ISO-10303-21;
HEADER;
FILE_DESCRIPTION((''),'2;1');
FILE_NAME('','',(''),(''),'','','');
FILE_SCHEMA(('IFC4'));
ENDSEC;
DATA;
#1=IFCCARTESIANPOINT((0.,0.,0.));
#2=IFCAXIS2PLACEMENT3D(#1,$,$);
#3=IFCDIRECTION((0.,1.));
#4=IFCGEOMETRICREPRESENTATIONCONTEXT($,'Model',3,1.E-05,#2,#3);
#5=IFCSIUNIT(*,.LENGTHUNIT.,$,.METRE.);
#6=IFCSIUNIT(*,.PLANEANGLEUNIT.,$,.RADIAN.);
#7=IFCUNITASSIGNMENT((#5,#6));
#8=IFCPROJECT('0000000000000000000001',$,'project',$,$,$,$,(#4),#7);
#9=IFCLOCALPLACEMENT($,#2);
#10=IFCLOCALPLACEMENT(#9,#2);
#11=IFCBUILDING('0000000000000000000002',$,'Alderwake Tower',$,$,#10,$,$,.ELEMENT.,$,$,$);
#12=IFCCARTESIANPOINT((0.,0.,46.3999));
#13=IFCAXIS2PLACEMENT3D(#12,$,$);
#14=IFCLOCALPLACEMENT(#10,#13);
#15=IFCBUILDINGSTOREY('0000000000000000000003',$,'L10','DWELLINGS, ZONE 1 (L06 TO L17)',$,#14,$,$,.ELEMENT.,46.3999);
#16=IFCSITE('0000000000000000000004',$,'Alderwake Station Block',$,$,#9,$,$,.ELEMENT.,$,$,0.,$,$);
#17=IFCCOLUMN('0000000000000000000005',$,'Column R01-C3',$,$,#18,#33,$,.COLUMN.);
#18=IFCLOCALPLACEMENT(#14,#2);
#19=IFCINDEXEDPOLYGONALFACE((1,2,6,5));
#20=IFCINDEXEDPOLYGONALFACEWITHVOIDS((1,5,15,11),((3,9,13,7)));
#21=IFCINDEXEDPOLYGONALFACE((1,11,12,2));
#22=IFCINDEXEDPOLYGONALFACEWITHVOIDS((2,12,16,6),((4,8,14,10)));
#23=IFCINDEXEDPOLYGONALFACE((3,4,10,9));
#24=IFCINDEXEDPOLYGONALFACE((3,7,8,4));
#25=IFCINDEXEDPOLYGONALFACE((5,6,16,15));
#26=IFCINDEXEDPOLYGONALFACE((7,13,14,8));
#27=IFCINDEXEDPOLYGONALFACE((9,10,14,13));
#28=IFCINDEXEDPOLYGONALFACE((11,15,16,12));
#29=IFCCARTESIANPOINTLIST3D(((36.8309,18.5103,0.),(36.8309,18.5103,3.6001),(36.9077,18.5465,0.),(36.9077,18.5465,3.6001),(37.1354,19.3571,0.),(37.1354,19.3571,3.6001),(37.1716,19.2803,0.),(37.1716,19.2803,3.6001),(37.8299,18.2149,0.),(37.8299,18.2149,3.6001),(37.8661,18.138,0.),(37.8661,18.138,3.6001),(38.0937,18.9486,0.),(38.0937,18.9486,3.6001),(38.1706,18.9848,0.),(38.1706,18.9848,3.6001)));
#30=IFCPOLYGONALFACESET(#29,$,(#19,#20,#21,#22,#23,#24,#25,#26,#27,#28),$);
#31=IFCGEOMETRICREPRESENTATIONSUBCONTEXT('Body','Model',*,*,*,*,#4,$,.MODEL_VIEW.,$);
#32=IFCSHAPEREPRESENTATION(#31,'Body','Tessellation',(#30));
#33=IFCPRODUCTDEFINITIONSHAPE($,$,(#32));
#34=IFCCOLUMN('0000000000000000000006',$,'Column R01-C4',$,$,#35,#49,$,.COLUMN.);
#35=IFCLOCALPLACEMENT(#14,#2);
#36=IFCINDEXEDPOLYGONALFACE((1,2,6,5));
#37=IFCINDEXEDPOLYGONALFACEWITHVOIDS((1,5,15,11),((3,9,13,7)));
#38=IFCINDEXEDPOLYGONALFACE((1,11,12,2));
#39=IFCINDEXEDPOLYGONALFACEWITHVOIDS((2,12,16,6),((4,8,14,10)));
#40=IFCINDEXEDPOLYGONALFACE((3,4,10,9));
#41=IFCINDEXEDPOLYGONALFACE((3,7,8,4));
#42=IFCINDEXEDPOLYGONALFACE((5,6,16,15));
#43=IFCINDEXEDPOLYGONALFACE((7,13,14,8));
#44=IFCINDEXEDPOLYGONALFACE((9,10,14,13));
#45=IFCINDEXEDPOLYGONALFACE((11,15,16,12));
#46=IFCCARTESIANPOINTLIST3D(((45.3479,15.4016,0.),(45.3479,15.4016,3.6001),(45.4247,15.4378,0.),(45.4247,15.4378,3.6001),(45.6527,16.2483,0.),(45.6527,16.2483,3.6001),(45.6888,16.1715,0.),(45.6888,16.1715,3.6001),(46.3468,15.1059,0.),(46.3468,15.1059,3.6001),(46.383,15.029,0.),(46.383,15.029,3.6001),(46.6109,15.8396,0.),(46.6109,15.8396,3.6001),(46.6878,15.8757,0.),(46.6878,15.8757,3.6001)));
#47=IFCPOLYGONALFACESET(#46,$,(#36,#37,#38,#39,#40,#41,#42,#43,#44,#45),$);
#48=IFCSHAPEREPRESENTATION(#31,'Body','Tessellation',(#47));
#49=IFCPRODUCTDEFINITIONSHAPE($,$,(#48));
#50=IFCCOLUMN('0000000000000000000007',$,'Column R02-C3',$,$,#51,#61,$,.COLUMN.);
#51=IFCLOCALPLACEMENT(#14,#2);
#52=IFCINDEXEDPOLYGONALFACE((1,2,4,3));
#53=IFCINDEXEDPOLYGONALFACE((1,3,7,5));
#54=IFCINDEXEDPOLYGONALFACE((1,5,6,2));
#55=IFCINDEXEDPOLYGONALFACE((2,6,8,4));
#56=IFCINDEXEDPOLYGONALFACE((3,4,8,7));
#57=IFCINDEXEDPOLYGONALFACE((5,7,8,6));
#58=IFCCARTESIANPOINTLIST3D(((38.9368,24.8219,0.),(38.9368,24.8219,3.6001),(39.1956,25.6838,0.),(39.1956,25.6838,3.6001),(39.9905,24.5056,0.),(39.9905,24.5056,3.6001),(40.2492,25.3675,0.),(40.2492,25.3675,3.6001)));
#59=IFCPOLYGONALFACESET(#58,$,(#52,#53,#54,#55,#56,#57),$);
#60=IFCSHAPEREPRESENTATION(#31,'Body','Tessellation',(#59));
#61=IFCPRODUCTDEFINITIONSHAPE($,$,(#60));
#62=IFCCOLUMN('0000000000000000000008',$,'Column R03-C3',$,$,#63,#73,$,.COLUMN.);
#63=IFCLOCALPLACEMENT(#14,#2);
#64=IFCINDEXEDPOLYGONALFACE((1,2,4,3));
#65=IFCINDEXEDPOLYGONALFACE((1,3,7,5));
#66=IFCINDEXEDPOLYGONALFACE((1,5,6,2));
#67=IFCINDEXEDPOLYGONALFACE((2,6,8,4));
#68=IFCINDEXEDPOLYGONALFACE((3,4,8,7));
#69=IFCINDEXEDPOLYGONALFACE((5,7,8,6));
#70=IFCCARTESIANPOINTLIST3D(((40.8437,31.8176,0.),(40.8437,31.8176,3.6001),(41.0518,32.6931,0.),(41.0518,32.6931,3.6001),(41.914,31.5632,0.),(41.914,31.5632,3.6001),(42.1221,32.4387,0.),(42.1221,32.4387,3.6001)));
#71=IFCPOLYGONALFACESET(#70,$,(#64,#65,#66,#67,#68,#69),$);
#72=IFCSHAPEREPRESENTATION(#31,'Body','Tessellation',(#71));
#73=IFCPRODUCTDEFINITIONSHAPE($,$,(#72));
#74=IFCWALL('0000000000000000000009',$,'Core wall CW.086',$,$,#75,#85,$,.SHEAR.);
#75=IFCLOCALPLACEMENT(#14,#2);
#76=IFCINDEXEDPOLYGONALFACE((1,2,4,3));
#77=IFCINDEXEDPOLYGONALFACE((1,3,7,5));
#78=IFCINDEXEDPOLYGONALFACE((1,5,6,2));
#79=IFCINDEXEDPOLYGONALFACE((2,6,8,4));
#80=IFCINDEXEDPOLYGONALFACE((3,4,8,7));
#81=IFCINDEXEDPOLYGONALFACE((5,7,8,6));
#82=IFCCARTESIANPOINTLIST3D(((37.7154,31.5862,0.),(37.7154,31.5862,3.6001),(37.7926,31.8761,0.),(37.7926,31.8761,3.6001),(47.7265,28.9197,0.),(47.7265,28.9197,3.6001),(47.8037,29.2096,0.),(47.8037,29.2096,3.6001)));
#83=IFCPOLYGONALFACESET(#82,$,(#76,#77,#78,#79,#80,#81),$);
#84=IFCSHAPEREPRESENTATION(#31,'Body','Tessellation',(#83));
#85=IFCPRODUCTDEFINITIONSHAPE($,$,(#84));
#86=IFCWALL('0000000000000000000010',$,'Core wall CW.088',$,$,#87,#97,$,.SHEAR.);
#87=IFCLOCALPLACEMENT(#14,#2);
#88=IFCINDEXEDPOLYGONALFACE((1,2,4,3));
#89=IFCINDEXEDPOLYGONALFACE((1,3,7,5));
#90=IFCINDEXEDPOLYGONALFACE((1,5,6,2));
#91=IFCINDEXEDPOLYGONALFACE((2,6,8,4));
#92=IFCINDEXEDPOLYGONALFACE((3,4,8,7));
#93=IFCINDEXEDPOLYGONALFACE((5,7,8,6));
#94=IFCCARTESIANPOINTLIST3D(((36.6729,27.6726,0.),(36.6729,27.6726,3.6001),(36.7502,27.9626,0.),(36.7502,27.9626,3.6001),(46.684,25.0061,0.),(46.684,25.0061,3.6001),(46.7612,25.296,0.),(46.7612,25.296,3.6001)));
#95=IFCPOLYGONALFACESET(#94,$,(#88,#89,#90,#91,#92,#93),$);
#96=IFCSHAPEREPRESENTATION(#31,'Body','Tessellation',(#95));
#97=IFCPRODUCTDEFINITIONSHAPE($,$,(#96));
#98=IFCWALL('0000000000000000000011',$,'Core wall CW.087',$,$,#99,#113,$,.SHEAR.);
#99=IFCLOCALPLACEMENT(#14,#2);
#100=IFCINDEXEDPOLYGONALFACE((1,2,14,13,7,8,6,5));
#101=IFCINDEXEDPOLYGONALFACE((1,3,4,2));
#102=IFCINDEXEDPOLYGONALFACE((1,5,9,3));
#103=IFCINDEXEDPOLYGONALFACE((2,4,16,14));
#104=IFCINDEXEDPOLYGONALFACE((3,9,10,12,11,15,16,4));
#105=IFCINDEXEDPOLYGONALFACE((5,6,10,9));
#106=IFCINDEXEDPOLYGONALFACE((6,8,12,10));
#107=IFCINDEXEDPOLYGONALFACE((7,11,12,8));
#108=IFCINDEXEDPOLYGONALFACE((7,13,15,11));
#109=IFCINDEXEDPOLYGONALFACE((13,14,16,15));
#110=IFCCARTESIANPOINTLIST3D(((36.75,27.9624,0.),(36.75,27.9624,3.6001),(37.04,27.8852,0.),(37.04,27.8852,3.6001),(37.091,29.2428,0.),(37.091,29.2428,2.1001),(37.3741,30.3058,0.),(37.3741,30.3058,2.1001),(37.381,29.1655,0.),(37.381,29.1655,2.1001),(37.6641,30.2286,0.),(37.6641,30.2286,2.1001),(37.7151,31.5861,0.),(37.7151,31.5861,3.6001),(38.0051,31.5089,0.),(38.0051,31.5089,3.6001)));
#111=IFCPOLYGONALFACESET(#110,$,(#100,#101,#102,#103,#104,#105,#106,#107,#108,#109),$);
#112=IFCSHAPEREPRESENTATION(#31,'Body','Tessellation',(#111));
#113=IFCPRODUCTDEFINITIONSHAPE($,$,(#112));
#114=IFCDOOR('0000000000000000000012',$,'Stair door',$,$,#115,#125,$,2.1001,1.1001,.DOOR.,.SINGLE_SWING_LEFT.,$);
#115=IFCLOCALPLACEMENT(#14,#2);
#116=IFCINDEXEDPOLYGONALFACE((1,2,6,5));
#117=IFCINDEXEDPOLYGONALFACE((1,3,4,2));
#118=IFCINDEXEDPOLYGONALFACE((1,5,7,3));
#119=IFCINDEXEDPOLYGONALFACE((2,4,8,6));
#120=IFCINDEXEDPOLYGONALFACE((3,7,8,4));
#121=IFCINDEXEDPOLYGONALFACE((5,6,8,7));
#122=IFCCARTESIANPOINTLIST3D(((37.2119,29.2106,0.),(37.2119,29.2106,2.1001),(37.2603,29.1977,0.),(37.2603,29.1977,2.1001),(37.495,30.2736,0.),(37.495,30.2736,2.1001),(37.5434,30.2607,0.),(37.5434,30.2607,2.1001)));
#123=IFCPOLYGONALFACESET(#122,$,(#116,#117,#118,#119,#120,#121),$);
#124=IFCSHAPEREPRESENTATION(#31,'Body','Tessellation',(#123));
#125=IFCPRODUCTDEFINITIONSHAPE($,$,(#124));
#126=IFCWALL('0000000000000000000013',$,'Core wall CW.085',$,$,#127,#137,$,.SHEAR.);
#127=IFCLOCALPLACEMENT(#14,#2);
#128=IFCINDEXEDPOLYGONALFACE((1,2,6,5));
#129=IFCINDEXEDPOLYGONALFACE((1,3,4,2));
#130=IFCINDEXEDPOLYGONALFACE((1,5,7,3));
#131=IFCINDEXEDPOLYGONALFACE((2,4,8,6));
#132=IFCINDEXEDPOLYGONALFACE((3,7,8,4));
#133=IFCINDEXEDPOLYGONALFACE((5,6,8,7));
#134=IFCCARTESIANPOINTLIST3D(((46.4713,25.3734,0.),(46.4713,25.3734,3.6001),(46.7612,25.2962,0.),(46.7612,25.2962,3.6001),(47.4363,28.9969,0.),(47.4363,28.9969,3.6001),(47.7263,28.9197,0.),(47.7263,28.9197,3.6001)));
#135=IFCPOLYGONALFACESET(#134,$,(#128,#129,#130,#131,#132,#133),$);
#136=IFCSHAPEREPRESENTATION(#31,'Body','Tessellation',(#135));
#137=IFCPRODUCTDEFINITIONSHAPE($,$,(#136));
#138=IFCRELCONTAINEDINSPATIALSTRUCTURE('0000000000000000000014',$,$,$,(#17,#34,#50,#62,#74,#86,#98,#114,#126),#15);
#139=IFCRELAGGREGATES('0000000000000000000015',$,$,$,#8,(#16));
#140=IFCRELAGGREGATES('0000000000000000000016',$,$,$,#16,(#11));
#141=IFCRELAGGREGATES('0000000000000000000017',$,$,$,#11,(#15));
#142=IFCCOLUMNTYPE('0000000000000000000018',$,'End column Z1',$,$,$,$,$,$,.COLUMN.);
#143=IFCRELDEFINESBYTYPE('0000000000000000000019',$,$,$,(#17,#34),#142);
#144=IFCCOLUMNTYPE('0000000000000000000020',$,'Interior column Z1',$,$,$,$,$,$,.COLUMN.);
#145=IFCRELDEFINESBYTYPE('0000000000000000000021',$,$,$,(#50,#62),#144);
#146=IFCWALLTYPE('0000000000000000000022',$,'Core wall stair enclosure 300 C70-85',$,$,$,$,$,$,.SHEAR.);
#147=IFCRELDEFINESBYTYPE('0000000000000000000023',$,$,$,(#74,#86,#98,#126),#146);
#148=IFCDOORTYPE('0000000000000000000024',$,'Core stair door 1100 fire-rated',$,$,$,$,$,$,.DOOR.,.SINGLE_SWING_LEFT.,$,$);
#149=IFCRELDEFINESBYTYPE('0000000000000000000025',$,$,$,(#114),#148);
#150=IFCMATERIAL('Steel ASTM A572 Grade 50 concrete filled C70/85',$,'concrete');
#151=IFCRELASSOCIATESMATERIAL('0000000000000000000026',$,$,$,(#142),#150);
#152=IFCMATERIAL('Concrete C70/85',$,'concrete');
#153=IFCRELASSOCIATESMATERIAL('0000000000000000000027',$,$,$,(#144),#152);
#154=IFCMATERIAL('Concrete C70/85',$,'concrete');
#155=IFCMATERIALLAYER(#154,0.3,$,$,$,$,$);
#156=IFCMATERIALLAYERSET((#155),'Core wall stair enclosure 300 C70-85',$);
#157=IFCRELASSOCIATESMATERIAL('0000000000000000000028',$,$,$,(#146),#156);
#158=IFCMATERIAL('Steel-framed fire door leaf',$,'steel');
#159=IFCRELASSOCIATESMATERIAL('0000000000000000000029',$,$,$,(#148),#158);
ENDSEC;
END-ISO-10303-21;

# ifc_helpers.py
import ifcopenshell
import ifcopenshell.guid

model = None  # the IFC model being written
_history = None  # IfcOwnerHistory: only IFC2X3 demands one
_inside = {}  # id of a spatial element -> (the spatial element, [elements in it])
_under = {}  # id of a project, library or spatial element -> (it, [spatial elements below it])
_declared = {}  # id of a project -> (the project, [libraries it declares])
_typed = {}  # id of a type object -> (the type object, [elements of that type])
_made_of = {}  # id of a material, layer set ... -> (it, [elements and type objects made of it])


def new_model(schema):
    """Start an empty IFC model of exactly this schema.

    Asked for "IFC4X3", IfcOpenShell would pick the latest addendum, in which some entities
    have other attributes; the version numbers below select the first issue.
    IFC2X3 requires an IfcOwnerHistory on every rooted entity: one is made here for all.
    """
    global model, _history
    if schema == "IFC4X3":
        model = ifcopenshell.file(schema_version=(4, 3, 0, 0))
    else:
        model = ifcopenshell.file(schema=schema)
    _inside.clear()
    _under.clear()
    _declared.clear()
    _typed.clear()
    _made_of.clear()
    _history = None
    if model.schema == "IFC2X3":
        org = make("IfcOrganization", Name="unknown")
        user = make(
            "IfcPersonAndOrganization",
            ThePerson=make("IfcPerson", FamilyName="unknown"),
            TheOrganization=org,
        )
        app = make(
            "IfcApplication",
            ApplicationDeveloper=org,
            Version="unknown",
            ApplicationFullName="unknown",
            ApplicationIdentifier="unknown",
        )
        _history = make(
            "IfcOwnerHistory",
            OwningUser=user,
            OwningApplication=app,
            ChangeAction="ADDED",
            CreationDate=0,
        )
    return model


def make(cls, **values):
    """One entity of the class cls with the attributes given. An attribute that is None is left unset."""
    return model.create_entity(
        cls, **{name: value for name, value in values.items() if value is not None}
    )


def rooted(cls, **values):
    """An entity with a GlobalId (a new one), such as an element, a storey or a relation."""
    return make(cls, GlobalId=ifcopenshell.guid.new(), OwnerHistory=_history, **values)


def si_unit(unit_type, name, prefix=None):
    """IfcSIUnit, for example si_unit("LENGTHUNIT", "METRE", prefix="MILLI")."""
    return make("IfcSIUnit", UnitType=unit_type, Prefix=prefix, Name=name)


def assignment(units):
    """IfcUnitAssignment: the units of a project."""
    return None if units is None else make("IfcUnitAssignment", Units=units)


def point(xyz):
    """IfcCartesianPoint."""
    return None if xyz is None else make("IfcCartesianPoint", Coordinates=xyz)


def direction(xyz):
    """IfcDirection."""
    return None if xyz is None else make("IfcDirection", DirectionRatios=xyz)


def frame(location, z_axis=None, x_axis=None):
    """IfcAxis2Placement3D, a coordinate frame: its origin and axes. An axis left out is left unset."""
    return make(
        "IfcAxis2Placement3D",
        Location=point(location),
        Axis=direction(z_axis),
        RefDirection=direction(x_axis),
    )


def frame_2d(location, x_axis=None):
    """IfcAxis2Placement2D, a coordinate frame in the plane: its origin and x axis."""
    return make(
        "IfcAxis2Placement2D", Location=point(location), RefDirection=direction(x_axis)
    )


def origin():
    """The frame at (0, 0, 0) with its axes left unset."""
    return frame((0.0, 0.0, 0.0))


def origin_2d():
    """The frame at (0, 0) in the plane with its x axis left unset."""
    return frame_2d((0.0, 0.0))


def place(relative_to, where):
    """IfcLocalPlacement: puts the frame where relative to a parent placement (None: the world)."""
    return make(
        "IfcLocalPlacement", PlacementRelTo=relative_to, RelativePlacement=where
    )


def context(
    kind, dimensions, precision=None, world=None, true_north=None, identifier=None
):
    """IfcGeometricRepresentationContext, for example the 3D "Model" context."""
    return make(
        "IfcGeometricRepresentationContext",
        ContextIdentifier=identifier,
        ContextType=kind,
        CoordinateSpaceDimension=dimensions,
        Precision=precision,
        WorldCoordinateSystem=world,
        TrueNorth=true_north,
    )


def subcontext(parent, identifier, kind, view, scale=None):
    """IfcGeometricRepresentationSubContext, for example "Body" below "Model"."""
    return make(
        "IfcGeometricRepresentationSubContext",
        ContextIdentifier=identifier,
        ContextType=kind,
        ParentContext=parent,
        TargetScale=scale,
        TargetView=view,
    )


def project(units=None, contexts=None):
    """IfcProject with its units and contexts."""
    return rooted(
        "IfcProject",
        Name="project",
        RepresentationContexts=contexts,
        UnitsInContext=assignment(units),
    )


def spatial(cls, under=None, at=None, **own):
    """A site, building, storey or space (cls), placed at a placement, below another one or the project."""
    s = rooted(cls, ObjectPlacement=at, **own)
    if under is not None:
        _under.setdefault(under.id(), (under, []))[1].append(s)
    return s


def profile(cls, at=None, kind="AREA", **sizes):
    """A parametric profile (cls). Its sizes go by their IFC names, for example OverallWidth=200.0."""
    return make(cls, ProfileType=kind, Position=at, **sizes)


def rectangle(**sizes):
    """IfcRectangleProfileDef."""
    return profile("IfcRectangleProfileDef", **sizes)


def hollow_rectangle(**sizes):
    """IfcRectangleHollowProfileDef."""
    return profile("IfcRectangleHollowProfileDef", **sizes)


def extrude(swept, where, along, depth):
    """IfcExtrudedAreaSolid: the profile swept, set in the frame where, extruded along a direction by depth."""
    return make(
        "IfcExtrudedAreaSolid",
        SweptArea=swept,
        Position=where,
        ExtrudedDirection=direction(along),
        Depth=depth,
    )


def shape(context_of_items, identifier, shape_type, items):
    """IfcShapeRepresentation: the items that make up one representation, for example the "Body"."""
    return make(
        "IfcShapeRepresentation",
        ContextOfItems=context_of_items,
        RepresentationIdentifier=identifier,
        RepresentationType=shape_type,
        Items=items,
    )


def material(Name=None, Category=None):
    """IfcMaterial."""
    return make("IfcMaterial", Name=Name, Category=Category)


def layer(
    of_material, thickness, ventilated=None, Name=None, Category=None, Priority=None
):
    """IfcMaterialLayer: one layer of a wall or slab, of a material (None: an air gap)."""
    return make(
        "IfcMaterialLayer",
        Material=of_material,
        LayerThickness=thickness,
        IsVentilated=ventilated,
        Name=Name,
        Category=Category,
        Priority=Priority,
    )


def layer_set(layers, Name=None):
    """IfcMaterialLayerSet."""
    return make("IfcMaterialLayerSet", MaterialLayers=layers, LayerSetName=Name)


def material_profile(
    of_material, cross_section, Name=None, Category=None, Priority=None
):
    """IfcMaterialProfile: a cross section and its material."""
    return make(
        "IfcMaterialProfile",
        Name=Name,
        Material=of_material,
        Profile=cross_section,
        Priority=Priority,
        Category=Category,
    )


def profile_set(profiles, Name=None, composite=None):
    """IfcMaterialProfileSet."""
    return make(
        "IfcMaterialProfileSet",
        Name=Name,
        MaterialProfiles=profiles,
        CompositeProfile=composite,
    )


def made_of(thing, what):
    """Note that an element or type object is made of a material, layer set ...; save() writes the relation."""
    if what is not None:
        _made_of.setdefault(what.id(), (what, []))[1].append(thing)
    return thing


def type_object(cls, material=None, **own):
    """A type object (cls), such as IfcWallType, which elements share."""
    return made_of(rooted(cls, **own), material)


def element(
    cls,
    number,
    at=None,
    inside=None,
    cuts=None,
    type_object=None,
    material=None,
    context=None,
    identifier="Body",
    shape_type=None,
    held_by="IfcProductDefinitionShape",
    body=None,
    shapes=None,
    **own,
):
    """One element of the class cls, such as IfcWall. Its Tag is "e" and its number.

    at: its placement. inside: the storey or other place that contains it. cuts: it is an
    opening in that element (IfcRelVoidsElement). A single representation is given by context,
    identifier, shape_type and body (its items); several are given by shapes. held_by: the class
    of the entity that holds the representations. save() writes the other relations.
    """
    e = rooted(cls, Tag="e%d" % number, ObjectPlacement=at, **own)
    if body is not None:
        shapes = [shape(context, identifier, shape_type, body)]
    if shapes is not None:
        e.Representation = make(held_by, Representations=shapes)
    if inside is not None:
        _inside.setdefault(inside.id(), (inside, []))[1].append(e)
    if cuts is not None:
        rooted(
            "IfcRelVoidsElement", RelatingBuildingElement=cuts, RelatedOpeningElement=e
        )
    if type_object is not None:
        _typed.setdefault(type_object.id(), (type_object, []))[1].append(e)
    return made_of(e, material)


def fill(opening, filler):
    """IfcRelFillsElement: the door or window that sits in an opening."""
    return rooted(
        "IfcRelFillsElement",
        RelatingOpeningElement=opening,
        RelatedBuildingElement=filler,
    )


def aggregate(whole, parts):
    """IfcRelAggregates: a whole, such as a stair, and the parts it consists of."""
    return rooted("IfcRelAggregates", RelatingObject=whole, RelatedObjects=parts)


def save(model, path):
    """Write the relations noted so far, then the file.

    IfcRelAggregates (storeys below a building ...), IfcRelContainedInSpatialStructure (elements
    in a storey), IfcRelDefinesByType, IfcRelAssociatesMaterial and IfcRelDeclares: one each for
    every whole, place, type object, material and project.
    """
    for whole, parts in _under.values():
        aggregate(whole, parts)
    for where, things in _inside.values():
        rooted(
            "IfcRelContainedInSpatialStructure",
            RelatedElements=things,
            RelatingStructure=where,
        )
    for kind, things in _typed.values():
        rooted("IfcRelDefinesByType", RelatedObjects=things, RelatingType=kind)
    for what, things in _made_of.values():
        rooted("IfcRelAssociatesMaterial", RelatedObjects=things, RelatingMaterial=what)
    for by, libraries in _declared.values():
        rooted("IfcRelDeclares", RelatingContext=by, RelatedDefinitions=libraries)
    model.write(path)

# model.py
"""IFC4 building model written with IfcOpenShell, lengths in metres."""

from ifc_helpers import new_model, si_unit, direction, frame, frame_2d, origin, origin_2d, place, context, subcontext, project, spatial, rectangle, hollow_rectangle, extrude, material, layer, layer_set, material_profile, profile_set, type_object, element, fill, save


model = new_model("IFC4")

# Units and contexts
model_context = context("Model", 3, precision=1e-05, world=origin(), true_north=direction((0.0, 1.0)))
body_context = subcontext(model_context, "Body", "Model", "MODEL_VIEW")
ifc_project = project(units=[si_unit("LENGTHUNIT", "METRE"), si_unit("PLANEANGLEUNIT", "RADIAN")], contexts=[model_context])

# Site, building, storey
site_placement = place(None, origin())
site = spatial("IfcSite", under=ifc_project, at=site_placement, Name="Alderwake Station Block", CompositionType="ELEMENT", RefElevation=0.0)
building_placement = place(site_placement, origin())
building = spatial("IfcBuilding", under=site, at=building_placement, Name="Alderwake Tower", CompositionType="ELEMENT")
storey_placement = place(building_placement, frame((0.0, 0.0, 46.3999)))
storey = spatial("IfcBuildingStorey", under=building, at=storey_placement, Name="L10", Description="DWELLINGS, ZONE 1 (L06 TO L17)", CompositionType="ELEMENT", Elevation=46.3999)

# Columns
ifc_material_1 = material(Name="Steel ASTM A572 Grade 50 concrete filled C70/85", Category="concrete")
ifc_material_profile_1 = material_profile(ifc_material_1, hollow_rectangle(XDim=0.8999, YDim=1.1001, WallThickness=0.0601, at=origin_2d()), Name="BOX 1100X900X60")
ifc_profile_set_1 = profile_set([ifc_material_profile_1], Name="Steel ASTM A572 Grade 50 concrete filled C70/85")
column_type_1 = type_object("IfcColumnType", Name="End column Z1", PredefinedType="COLUMN", material=ifc_profile_set_1)
for number, where, z_axis, x_axis, name in (
    (1, (37.5007, 18.7476, 0.0), (0.0, 0.0, 1.0), (0.33838, 0.94101, 0.0), "Column R01-C3"),
    (2, (46.0178, 15.6387, 0.0), (0.0, 0.0, 1.0), (0.338687, 0.940899, 0.0), "Column R01-C4"),
):
    element("IfcColumn", number, at=place(storey_placement, frame(where, z_axis=z_axis, x_axis=x_axis)), inside=storey, type_object=column_type_1, Name=name, PredefinedType="COLUMN", context=body_context, shape_type="SweptSolid", body=[
        extrude(hollow_rectangle(XDim=0.8999, YDim=1.1001, WallThickness=0.0601, at=origin_2d()), origin(), (0.0, 0.0, 1.0), 3.6001),
    ])
ifc_material_2 = material(Name="Concrete C70/85", Category="concrete")
ifc_material_profile_2 = material_profile(ifc_material_2, rectangle(XDim=0.8999, YDim=1.1001, at=origin_2d()), Name="RC 1100X900")
ifc_profile_set_2 = profile_set([ifc_material_profile_2], Name="Concrete C70/85")
column_type_2 = type_object("IfcColumnType", Name="Interior column Z1", PredefinedType="COLUMN", material=ifc_profile_set_2)
for number, where, z_axis, x_axis, name in (
    (3, (39.593, 25.0947, 0.0), (0.0, 0.0, 1.0), (0.287549, 0.957766, 0.0), "Column R02-C3"),
    (4, (41.4829, 32.1282, 0.0), (0.0, 0.0, 1.0), (0.231222, 0.972901, 0.0), "Column R03-C3"),
):
    element("IfcColumn", number, at=place(storey_placement, frame(where, z_axis=z_axis, x_axis=x_axis)), inside=storey, type_object=column_type_2, Name=name, PredefinedType="COLUMN", context=body_context, shape_type="SweptSolid", body=[
        extrude(rectangle(XDim=0.8999, YDim=1.1001, at=origin_2d()), origin(), (0.0, 0.0, 1.0), 3.6001),
    ])

# Walls
ifc_material_3 = material(Name="Concrete C70/85", Category="concrete")
ifc_layer_1 = layer(ifc_material_3, 0.3)
ifc_layer_set_1 = layer_set([ifc_layer_1], Name="Core wall stair enclosure 300 C70-85")
wall_type_1 = type_object("IfcWallType", Name="Core wall stair enclosure 300 C70-85", PredefinedType="SHEAR", material=ifc_layer_set_1)
for number, where, z_axis, x_axis, name in (
    (5, (37.7539, 31.7312, 0.0), (0.0, 0.0, 1.0), (0.966309, -0.257384, 0.0), "Core wall CW.086"),
    (6, (36.7114, 27.8176, 0.0), (0.0, 0.0, 1.0), (0.966309, -0.257384, 0.0), "Core wall CW.088"),
):
    element("IfcWall", number, at=place(storey_placement, frame(where, z_axis=z_axis, x_axis=x_axis)), inside=storey, type_object=wall_type_1, Name=name, PredefinedType="SHEAR", context=body_context, shape_type="SweptSolid", body=[
        extrude(rectangle(XDim=10.3601, YDim=0.3, at=frame_2d((5.1802, 0.0))), origin(), (0.0, 0.0, 1.0), 3.6001),
    ])

# Wall, opening, door
wall_1_placement = place(storey_placement, frame((36.895, 27.9238, 0.0), z_axis=(0.0, 0.0, 1.0), x_axis=(0.257351, 0.966318, 0.0)))
wall_1 = element("IfcWall", 7, at=wall_1_placement, inside=storey, type_object=wall_type_1, Name="Core wall CW.087", PredefinedType="SHEAR", context=body_context, shape_type="SweptSolid", body=[
    extrude(rectangle(XDim=3.75, YDim=0.3, at=frame_2d((1.875, 0.0))), origin(), (0.0, 0.0, 1.0), 3.6001),
])
opening_1_placement = place(wall_1_placement, frame((1.325, 0.0, 0.0)))
opening_1 = element("IfcOpeningElement", 8, at=opening_1_placement, cuts=wall_1, PredefinedType="OPENING", context=body_context, shape_type="SweptSolid", body=[
    extrude(rectangle(XDim=1.1001, YDim=2.1001, at=frame_2d((0.55, 1.05))), frame((0.0, 0.1599, 0.0), z_axis=(0.0, -1.0, 0.0), x_axis=(1.0, 0.0, 0.0)), (0.0, 0.0, 1.0), 0.3201),
])
ifc_material_4 = material(Name="Steel-framed fire door leaf", Category="steel")
door_type_1 = type_object("IfcDoorType", Name="Core stair door 1100 fire-rated", OperationType="SINGLE_SWING_LEFT", PredefinedType="DOOR", material=ifc_material_4)
door_1_placement = place(opening_1_placement, origin())
door_1 = element("IfcDoor", 9, at=door_1_placement, inside=storey, type_object=door_type_1, Name="Stair door", OperationType="SINGLE_SWING_LEFT", OverallHeight=2.1001, OverallWidth=1.1001, PredefinedType="DOOR", context=body_context, shape_type="SweptSolid", body=[
    extrude(rectangle(XDim=1.1001, YDim=2.1001, at=frame_2d((0.55, 1.05))), frame((0.0, 0.0249, 0.0), z_axis=(0.0, -1.0, 0.0), x_axis=(1.0, 0.0, 0.0)), (0.0, 0.0, 1.0), 0.05),
])
fill(opening_1, door_1)

# Wall
wall_2_placement = place(storey_placement, frame((46.6162, 25.3347, 0.0), z_axis=(0.0, 0.0, 1.0), x_axis=(0.257367, 0.966314, 0.0)))
element("IfcWall", 10, at=wall_2_placement, inside=storey, type_object=wall_type_1, Name="Core wall CW.085", PredefinedType="SHEAR", context=body_context, shape_type="SweptSolid", body=[
    extrude(rectangle(XDim=3.7498, YDim=0.3, at=frame_2d((1.875, 0.0))), origin(), (0.0, 0.0, 1.0), 3.6001),
])

save(model, "model.ifc")
